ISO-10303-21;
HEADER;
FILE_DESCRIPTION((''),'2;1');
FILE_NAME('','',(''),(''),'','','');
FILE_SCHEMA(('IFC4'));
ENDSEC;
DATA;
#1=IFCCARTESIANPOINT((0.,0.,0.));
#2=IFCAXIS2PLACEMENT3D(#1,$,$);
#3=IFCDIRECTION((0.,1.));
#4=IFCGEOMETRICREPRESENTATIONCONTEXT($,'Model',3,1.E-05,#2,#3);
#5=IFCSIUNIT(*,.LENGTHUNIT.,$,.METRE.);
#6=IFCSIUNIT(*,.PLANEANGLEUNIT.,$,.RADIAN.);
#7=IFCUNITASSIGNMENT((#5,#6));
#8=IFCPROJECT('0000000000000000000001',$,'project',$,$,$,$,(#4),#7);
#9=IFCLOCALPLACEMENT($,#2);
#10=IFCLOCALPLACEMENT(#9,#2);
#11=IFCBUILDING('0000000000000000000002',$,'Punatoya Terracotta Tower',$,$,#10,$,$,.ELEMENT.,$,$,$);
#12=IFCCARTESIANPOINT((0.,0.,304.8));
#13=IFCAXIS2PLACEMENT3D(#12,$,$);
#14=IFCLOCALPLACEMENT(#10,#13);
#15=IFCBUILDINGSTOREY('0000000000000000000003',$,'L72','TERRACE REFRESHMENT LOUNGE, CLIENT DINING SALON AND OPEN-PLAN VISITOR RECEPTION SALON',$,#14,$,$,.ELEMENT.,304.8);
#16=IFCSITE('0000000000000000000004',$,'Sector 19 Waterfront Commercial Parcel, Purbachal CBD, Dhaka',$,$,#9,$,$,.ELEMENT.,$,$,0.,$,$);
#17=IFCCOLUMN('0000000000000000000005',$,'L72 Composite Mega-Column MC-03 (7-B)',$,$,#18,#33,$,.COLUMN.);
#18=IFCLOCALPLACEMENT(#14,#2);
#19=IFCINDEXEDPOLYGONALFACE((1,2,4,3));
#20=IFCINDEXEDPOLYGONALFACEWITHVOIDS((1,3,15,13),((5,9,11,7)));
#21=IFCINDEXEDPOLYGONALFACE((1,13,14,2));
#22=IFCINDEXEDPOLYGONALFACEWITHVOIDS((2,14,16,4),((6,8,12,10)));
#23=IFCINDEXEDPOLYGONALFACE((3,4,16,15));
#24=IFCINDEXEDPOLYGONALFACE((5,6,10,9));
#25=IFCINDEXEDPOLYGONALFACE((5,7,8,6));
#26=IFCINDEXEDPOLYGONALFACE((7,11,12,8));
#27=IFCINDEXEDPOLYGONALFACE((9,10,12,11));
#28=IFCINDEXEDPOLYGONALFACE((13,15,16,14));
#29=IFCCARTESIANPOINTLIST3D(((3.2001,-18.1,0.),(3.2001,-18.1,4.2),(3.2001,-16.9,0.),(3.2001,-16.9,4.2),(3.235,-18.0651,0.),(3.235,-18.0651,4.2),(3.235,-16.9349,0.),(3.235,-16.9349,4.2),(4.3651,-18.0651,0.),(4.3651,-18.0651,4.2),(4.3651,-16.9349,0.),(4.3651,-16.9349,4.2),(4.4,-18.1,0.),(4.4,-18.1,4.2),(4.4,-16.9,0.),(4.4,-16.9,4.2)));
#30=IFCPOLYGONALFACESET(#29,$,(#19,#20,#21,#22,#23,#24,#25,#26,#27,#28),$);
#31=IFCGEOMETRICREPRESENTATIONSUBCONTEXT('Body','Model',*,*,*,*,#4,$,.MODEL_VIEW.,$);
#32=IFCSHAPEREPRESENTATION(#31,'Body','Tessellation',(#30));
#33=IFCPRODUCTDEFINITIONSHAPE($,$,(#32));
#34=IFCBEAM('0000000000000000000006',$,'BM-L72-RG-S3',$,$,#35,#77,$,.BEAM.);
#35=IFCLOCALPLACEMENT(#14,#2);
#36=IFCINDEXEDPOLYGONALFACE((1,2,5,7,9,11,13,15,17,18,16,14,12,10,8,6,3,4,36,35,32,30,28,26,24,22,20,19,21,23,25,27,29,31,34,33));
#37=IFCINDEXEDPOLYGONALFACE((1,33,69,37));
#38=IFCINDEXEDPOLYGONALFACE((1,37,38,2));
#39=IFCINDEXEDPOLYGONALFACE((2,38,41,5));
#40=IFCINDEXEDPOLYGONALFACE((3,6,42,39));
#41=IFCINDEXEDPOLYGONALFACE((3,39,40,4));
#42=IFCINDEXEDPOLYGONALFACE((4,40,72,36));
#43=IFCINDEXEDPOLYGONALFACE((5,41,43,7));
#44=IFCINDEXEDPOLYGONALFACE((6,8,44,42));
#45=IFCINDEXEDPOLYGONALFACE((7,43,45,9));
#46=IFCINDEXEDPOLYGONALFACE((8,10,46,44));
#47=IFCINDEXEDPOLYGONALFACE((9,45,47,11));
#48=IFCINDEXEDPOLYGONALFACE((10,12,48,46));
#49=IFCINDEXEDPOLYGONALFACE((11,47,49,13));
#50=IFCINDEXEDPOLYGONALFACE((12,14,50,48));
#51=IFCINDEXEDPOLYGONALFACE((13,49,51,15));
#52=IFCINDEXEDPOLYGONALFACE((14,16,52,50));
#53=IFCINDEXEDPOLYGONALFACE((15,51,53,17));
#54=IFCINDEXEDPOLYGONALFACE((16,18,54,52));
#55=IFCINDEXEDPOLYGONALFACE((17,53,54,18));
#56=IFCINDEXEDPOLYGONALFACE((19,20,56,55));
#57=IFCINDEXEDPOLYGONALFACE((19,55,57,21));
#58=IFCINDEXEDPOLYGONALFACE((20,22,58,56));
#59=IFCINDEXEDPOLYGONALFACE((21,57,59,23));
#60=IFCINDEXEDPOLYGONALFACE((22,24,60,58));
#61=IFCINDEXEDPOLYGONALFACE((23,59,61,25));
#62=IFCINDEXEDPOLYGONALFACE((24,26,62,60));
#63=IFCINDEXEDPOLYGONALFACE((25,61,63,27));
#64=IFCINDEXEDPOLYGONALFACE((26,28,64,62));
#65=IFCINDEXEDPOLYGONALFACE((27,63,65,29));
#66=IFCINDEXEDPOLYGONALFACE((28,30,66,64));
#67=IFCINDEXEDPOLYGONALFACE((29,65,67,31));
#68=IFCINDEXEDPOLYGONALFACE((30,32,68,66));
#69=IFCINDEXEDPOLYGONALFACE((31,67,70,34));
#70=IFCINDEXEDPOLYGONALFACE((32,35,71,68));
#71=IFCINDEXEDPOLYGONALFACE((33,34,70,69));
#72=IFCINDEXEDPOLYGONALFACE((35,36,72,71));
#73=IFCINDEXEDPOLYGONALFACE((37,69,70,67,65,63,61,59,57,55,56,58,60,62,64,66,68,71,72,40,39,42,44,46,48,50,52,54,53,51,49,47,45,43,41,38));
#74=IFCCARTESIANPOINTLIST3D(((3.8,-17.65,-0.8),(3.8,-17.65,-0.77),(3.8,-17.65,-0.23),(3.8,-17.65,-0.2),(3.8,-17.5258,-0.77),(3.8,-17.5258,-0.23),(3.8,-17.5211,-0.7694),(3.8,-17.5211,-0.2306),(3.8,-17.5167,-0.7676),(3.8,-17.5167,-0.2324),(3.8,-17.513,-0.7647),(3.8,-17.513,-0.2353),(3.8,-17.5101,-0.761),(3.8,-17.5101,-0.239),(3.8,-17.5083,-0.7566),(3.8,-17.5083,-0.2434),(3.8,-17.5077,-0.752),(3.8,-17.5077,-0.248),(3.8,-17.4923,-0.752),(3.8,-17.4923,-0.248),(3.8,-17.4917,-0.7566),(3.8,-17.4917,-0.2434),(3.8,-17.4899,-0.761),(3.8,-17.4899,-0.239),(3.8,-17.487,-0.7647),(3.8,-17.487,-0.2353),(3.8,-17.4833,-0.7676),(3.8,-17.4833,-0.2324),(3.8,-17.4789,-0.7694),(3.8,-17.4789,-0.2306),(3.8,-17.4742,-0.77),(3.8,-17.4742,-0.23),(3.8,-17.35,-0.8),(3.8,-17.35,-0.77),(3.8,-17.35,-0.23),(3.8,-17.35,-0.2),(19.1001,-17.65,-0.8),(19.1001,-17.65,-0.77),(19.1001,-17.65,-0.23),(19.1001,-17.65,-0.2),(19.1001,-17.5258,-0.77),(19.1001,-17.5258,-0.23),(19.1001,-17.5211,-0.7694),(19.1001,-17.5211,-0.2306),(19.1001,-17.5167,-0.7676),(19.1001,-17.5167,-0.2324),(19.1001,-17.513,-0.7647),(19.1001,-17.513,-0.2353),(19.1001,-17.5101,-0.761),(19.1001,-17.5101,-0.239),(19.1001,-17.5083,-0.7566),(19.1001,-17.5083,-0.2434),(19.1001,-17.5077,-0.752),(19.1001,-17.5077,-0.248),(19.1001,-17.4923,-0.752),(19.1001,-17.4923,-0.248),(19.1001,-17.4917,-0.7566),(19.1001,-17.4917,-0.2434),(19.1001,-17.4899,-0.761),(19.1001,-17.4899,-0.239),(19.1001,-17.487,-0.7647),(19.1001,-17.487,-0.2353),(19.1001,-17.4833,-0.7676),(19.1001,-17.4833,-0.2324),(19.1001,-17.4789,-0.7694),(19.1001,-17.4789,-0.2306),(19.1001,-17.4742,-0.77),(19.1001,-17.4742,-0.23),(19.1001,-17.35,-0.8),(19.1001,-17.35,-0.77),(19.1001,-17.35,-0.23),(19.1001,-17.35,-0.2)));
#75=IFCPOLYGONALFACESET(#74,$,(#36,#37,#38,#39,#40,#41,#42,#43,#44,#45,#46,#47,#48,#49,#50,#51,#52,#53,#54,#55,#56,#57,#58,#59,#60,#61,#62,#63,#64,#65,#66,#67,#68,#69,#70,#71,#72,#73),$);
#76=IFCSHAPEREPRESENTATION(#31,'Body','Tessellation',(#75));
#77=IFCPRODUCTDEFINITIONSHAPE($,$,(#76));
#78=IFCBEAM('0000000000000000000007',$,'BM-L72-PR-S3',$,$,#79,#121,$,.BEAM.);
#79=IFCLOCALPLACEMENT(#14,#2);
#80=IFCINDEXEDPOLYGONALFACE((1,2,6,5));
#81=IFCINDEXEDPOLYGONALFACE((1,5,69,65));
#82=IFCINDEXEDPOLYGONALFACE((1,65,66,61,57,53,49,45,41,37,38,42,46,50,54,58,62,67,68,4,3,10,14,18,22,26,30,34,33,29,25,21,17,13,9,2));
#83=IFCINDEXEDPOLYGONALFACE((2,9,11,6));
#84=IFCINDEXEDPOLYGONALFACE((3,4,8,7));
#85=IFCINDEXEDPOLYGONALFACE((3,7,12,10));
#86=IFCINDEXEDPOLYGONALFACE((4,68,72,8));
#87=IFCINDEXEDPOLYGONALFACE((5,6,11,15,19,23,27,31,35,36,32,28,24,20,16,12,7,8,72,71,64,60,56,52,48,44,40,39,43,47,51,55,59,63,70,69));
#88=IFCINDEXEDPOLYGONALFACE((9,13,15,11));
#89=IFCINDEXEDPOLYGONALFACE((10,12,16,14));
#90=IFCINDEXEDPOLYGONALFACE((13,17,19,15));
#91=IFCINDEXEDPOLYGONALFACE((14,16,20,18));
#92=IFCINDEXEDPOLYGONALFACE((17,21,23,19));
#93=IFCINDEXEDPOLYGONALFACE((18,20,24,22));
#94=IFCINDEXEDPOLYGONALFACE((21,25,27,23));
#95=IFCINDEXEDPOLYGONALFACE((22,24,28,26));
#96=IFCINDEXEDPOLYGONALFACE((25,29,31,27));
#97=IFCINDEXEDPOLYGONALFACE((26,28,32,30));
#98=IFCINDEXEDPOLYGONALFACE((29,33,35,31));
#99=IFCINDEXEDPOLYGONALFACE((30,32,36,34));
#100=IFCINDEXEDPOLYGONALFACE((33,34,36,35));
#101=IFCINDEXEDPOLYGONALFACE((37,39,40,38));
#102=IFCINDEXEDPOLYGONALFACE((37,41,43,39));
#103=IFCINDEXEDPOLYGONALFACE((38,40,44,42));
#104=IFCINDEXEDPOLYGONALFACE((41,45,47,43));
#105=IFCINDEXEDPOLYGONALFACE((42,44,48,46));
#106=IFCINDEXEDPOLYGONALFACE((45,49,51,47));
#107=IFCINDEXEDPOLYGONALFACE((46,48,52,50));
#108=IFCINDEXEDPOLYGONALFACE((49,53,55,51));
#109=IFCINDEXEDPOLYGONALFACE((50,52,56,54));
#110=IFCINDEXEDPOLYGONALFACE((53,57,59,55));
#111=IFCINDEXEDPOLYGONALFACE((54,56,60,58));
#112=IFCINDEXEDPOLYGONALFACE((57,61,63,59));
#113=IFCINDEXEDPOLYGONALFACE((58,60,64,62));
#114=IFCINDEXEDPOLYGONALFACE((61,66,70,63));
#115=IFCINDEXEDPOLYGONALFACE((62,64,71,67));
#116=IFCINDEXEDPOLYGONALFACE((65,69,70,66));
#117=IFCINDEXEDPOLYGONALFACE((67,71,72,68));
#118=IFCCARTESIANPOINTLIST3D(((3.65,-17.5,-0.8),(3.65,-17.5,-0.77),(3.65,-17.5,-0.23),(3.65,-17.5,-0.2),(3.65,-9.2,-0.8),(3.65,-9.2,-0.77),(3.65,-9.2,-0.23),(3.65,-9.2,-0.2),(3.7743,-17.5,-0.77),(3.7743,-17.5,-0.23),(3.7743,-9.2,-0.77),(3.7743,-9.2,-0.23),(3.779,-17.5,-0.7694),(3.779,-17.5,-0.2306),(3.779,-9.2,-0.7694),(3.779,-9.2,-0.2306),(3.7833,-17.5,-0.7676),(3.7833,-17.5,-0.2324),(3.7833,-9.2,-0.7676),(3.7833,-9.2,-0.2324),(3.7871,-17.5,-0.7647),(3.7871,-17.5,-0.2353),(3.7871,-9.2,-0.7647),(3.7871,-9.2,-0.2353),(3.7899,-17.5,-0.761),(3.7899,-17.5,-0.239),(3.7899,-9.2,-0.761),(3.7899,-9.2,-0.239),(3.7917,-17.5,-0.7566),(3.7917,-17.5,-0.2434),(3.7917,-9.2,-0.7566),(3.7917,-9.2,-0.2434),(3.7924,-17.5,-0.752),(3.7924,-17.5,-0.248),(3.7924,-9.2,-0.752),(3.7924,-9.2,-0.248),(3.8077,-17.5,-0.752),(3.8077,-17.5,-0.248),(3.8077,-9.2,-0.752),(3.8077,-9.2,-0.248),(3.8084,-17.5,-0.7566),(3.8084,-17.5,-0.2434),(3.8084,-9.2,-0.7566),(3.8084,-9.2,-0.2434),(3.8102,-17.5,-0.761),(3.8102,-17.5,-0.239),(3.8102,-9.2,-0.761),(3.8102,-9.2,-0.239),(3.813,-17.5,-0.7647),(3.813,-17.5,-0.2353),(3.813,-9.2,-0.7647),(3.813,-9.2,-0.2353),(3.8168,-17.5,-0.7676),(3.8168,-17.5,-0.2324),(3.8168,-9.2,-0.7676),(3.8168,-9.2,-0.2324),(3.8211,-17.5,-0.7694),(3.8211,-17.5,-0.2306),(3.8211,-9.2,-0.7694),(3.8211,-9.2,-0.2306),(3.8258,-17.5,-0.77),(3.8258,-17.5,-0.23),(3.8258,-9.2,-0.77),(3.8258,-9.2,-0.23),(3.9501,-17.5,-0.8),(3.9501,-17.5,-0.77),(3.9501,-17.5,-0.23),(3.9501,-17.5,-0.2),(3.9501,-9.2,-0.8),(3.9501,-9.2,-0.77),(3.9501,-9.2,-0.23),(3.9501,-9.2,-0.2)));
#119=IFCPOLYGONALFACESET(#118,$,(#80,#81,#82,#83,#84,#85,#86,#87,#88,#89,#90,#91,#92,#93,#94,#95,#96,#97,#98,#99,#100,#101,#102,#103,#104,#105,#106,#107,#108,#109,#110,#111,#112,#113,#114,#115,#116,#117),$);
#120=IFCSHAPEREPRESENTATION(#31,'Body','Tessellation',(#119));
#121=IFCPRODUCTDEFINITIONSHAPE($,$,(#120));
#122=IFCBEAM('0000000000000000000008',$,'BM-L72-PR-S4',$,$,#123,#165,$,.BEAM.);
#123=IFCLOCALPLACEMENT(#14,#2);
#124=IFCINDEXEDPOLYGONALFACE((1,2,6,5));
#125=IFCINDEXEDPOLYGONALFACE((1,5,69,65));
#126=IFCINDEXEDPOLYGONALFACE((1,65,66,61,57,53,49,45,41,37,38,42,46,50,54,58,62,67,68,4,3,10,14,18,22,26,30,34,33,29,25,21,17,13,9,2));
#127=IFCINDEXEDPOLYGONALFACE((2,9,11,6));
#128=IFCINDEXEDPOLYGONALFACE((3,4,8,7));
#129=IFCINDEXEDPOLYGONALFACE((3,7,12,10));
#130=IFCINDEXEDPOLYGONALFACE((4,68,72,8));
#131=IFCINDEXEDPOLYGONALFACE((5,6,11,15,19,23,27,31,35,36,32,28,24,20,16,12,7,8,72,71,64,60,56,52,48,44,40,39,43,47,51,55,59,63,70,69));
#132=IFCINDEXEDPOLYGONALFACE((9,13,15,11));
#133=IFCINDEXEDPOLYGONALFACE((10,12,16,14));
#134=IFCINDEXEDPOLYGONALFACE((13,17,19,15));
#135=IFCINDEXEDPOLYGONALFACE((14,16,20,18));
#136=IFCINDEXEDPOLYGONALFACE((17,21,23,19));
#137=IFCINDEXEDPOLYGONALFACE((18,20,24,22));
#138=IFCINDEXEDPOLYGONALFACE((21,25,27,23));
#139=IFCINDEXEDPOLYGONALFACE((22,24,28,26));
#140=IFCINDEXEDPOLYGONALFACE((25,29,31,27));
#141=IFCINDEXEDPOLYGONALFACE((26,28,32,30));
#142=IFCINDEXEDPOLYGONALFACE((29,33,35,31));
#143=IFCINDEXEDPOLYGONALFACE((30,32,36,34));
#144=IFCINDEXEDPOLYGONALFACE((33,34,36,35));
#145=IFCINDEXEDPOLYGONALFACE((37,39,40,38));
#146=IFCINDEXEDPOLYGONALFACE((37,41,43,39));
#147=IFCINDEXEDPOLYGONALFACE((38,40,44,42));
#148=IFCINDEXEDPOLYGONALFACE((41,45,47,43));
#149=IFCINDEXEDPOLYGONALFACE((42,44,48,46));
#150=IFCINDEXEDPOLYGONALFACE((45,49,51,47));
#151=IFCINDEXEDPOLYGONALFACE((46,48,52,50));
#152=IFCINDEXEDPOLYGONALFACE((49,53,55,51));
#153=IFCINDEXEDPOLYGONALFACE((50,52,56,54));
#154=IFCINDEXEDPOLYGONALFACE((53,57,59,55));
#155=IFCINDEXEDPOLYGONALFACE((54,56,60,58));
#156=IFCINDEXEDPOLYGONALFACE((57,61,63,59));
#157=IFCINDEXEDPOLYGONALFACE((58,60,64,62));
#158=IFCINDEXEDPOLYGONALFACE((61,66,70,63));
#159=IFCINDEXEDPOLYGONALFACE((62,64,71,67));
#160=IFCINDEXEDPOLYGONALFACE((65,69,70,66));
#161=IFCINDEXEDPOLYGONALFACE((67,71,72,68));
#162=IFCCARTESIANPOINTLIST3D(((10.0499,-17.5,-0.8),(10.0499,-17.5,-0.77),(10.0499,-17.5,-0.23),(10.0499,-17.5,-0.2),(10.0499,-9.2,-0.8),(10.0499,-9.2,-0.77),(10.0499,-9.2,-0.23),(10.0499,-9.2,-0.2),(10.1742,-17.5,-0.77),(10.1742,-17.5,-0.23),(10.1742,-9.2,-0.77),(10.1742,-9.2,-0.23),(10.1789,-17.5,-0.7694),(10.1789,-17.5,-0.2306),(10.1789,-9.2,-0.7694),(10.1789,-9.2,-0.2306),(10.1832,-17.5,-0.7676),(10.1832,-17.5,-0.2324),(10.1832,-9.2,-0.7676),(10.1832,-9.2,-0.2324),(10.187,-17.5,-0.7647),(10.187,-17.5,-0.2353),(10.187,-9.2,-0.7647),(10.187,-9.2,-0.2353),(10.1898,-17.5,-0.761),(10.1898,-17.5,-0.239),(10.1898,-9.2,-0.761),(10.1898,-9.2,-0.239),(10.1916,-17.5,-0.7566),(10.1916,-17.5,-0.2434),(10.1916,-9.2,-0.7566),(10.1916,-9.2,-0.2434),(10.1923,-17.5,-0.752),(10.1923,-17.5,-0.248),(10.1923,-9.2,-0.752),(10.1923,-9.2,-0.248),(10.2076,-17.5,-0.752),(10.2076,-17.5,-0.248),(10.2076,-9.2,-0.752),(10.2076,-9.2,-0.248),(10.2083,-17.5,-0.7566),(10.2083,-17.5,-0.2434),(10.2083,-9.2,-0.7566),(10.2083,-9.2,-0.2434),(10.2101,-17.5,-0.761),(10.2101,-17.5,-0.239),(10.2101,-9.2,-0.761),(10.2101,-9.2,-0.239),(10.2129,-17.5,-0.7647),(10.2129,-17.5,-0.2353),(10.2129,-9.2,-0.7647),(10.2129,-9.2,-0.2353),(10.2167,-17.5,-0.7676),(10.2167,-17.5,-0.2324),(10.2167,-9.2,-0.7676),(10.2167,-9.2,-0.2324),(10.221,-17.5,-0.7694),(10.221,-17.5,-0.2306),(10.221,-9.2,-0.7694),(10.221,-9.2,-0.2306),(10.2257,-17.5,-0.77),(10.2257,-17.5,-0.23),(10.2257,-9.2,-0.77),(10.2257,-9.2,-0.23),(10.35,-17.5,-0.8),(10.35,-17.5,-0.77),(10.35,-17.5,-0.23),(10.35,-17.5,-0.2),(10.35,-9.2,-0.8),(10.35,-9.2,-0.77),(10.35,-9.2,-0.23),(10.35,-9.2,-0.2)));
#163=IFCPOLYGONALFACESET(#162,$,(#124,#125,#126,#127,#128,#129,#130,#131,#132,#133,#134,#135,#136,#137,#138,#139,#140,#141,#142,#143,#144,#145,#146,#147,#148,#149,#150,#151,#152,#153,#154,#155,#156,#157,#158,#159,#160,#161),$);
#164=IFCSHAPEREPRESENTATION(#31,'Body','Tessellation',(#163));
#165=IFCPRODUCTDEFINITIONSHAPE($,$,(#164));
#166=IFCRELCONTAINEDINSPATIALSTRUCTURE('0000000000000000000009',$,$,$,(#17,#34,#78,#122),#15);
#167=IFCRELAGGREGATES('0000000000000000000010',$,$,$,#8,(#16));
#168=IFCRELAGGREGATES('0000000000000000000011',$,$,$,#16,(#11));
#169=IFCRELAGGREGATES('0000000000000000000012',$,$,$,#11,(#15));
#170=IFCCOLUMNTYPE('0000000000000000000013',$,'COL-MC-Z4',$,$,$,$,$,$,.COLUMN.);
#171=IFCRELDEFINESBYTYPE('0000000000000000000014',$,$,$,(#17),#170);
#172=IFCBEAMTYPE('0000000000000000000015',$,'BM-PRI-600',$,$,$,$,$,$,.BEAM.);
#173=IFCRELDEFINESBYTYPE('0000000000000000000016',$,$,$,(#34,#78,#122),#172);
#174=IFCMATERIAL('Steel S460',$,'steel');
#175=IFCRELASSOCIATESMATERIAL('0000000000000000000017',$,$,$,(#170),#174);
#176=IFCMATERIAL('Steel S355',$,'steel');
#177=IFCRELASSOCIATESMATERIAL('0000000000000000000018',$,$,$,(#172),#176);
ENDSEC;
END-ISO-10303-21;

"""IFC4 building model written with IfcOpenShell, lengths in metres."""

from ifc_helpers import new_model, si_unit, direction, frame, origin, origin_2d, place, context, subcontext, project, spatial, hollow_rectangle, i_section, extrude, material, material_profile, profile_set, type_object, element, save


model = new_model("IFC4")

# Units and contexts
model_context = context("Model", 3, precision=1e-05, world=origin(), true_north=direction((0.0, 1.0)))
body_context = subcontext(model_context, "Body", "Model", "MODEL_VIEW")
ifc_project = project(units=[si_unit("LENGTHUNIT", "METRE"), si_unit("PLANEANGLEUNIT", "RADIAN")], contexts=[model_context])

# Site, building, storey
site_placement = place(None, origin())
site = spatial("IfcSite", under=ifc_project, at=site_placement, Name="Sector 19 Waterfront Commercial Parcel, Purbachal CBD, Dhaka", CompositionType="ELEMENT", RefElevation=0.0)
building_placement = place(site_placement, origin())
building = spatial("IfcBuilding", under=site, at=building_placement, Name="Punatoya Terracotta Tower", CompositionType="ELEMENT")
storey_placement = place(building_placement, frame((0.0, 0.0, 304.8)))
storey = spatial("IfcBuildingStorey", under=building, at=storey_placement, Name="L72", Description="TERRACE REFRESHMENT LOUNGE, CLIENT DINING SALON AND OPEN-PLAN VISITOR RECEPTION SALON", CompositionType="ELEMENT", Elevation=304.8)

# Column
ifc_material_1 = material(Name="Steel S460", Category="steel")
ifc_material_profile_1 = material_profile(ifc_material_1, hollow_rectangle(XDim=1.2, YDim=1.2, WallThickness=0.0349, at=origin_2d()))
ifc_profile_set_1 = profile_set([ifc_material_profile_1], Name="Steel S460")
column_type = type_object("IfcColumnType", Name="COL-MC-Z4", PredefinedType="COLUMN", material=ifc_profile_set_1)
column_placement = place(storey_placement, frame((3.8, -17.5, 0.0), z_axis=(0.0, 0.0, 1.0), x_axis=(1.0, 0.0, 0.0)))
element("IfcColumn", 1, at=column_placement, inside=storey, type_object=column_type, Name="L72 Composite Mega-Column MC-03 (7-B)", PredefinedType="COLUMN", context=body_context, shape_type="SweptSolid", body=[
    extrude(hollow_rectangle(XDim=1.2, YDim=1.2, WallThickness=0.0349, at=origin_2d()), origin(), (0.0, 0.0, 1.0), 4.2),
])

# Beams
ifc_material_2 = material(Name="Steel S355", Category="steel")
ifc_material_profile_2 = material_profile(ifc_material_2, i_section(OverallWidth=0.3, OverallDepth=0.6001, WebThickness=0.0154, FlangeThickness=0.03, FilletRadius=0.0181, at=origin_2d()))
ifc_profile_set_2 = profile_set([ifc_material_profile_2], Name="Steel S355")
beam_type_1 = type_object("IfcBeamType", Name="BM-PRI-600", PredefinedType="BEAM", material=ifc_profile_set_2)
beam_1_placement = place(storey_placement, frame((3.8, -17.5, -0.5), z_axis=(1.0, 0.0, 0.0), x_axis=(0.0, 1.0, 0.0)))
element("IfcBeam", 2, at=beam_1_placement, inside=storey, type_object=beam_type_1, Name="BM-L72-RG-S3", PredefinedType="BEAM", context=body_context, shape_type="SweptSolid", body=[
    extrude(i_section(OverallWidth=0.3, OverallDepth=0.6001, WebThickness=0.0154, FlangeThickness=0.03, FilletRadius=0.0181, at=origin_2d()), origin(), (0.0, 0.0, 1.0), 15.3),
])
for number, where, z_axis, x_axis, name in (
    (3, (3.8, -17.5, -0.5), (0.0, 1.0, 0.0), (-1.0, 0.0, 0.0), "BM-L72-PR-S3"),
    (4, (10.2, -17.5, -0.5), (0.0, 1.0, 0.0), (-1.0, 0.0, 0.0), "BM-L72-PR-S4"),
):
    element("IfcBeam", number, at=place(storey_placement, frame(where, z_axis=z_axis, x_axis=x_axis)), inside=storey, type_object=beam_type_1, Name=name, PredefinedType="BEAM", context=body_context, shape_type="SweptSolid", body=[
        extrude(i_section(OverallWidth=0.3, OverallDepth=0.6001, WebThickness=0.0154, FlangeThickness=0.03, FilletRadius=0.0181, at=origin_2d()), origin(), (0.0, 0.0, 1.0), 8.3),
    ])

save(model, "model.ifc")
